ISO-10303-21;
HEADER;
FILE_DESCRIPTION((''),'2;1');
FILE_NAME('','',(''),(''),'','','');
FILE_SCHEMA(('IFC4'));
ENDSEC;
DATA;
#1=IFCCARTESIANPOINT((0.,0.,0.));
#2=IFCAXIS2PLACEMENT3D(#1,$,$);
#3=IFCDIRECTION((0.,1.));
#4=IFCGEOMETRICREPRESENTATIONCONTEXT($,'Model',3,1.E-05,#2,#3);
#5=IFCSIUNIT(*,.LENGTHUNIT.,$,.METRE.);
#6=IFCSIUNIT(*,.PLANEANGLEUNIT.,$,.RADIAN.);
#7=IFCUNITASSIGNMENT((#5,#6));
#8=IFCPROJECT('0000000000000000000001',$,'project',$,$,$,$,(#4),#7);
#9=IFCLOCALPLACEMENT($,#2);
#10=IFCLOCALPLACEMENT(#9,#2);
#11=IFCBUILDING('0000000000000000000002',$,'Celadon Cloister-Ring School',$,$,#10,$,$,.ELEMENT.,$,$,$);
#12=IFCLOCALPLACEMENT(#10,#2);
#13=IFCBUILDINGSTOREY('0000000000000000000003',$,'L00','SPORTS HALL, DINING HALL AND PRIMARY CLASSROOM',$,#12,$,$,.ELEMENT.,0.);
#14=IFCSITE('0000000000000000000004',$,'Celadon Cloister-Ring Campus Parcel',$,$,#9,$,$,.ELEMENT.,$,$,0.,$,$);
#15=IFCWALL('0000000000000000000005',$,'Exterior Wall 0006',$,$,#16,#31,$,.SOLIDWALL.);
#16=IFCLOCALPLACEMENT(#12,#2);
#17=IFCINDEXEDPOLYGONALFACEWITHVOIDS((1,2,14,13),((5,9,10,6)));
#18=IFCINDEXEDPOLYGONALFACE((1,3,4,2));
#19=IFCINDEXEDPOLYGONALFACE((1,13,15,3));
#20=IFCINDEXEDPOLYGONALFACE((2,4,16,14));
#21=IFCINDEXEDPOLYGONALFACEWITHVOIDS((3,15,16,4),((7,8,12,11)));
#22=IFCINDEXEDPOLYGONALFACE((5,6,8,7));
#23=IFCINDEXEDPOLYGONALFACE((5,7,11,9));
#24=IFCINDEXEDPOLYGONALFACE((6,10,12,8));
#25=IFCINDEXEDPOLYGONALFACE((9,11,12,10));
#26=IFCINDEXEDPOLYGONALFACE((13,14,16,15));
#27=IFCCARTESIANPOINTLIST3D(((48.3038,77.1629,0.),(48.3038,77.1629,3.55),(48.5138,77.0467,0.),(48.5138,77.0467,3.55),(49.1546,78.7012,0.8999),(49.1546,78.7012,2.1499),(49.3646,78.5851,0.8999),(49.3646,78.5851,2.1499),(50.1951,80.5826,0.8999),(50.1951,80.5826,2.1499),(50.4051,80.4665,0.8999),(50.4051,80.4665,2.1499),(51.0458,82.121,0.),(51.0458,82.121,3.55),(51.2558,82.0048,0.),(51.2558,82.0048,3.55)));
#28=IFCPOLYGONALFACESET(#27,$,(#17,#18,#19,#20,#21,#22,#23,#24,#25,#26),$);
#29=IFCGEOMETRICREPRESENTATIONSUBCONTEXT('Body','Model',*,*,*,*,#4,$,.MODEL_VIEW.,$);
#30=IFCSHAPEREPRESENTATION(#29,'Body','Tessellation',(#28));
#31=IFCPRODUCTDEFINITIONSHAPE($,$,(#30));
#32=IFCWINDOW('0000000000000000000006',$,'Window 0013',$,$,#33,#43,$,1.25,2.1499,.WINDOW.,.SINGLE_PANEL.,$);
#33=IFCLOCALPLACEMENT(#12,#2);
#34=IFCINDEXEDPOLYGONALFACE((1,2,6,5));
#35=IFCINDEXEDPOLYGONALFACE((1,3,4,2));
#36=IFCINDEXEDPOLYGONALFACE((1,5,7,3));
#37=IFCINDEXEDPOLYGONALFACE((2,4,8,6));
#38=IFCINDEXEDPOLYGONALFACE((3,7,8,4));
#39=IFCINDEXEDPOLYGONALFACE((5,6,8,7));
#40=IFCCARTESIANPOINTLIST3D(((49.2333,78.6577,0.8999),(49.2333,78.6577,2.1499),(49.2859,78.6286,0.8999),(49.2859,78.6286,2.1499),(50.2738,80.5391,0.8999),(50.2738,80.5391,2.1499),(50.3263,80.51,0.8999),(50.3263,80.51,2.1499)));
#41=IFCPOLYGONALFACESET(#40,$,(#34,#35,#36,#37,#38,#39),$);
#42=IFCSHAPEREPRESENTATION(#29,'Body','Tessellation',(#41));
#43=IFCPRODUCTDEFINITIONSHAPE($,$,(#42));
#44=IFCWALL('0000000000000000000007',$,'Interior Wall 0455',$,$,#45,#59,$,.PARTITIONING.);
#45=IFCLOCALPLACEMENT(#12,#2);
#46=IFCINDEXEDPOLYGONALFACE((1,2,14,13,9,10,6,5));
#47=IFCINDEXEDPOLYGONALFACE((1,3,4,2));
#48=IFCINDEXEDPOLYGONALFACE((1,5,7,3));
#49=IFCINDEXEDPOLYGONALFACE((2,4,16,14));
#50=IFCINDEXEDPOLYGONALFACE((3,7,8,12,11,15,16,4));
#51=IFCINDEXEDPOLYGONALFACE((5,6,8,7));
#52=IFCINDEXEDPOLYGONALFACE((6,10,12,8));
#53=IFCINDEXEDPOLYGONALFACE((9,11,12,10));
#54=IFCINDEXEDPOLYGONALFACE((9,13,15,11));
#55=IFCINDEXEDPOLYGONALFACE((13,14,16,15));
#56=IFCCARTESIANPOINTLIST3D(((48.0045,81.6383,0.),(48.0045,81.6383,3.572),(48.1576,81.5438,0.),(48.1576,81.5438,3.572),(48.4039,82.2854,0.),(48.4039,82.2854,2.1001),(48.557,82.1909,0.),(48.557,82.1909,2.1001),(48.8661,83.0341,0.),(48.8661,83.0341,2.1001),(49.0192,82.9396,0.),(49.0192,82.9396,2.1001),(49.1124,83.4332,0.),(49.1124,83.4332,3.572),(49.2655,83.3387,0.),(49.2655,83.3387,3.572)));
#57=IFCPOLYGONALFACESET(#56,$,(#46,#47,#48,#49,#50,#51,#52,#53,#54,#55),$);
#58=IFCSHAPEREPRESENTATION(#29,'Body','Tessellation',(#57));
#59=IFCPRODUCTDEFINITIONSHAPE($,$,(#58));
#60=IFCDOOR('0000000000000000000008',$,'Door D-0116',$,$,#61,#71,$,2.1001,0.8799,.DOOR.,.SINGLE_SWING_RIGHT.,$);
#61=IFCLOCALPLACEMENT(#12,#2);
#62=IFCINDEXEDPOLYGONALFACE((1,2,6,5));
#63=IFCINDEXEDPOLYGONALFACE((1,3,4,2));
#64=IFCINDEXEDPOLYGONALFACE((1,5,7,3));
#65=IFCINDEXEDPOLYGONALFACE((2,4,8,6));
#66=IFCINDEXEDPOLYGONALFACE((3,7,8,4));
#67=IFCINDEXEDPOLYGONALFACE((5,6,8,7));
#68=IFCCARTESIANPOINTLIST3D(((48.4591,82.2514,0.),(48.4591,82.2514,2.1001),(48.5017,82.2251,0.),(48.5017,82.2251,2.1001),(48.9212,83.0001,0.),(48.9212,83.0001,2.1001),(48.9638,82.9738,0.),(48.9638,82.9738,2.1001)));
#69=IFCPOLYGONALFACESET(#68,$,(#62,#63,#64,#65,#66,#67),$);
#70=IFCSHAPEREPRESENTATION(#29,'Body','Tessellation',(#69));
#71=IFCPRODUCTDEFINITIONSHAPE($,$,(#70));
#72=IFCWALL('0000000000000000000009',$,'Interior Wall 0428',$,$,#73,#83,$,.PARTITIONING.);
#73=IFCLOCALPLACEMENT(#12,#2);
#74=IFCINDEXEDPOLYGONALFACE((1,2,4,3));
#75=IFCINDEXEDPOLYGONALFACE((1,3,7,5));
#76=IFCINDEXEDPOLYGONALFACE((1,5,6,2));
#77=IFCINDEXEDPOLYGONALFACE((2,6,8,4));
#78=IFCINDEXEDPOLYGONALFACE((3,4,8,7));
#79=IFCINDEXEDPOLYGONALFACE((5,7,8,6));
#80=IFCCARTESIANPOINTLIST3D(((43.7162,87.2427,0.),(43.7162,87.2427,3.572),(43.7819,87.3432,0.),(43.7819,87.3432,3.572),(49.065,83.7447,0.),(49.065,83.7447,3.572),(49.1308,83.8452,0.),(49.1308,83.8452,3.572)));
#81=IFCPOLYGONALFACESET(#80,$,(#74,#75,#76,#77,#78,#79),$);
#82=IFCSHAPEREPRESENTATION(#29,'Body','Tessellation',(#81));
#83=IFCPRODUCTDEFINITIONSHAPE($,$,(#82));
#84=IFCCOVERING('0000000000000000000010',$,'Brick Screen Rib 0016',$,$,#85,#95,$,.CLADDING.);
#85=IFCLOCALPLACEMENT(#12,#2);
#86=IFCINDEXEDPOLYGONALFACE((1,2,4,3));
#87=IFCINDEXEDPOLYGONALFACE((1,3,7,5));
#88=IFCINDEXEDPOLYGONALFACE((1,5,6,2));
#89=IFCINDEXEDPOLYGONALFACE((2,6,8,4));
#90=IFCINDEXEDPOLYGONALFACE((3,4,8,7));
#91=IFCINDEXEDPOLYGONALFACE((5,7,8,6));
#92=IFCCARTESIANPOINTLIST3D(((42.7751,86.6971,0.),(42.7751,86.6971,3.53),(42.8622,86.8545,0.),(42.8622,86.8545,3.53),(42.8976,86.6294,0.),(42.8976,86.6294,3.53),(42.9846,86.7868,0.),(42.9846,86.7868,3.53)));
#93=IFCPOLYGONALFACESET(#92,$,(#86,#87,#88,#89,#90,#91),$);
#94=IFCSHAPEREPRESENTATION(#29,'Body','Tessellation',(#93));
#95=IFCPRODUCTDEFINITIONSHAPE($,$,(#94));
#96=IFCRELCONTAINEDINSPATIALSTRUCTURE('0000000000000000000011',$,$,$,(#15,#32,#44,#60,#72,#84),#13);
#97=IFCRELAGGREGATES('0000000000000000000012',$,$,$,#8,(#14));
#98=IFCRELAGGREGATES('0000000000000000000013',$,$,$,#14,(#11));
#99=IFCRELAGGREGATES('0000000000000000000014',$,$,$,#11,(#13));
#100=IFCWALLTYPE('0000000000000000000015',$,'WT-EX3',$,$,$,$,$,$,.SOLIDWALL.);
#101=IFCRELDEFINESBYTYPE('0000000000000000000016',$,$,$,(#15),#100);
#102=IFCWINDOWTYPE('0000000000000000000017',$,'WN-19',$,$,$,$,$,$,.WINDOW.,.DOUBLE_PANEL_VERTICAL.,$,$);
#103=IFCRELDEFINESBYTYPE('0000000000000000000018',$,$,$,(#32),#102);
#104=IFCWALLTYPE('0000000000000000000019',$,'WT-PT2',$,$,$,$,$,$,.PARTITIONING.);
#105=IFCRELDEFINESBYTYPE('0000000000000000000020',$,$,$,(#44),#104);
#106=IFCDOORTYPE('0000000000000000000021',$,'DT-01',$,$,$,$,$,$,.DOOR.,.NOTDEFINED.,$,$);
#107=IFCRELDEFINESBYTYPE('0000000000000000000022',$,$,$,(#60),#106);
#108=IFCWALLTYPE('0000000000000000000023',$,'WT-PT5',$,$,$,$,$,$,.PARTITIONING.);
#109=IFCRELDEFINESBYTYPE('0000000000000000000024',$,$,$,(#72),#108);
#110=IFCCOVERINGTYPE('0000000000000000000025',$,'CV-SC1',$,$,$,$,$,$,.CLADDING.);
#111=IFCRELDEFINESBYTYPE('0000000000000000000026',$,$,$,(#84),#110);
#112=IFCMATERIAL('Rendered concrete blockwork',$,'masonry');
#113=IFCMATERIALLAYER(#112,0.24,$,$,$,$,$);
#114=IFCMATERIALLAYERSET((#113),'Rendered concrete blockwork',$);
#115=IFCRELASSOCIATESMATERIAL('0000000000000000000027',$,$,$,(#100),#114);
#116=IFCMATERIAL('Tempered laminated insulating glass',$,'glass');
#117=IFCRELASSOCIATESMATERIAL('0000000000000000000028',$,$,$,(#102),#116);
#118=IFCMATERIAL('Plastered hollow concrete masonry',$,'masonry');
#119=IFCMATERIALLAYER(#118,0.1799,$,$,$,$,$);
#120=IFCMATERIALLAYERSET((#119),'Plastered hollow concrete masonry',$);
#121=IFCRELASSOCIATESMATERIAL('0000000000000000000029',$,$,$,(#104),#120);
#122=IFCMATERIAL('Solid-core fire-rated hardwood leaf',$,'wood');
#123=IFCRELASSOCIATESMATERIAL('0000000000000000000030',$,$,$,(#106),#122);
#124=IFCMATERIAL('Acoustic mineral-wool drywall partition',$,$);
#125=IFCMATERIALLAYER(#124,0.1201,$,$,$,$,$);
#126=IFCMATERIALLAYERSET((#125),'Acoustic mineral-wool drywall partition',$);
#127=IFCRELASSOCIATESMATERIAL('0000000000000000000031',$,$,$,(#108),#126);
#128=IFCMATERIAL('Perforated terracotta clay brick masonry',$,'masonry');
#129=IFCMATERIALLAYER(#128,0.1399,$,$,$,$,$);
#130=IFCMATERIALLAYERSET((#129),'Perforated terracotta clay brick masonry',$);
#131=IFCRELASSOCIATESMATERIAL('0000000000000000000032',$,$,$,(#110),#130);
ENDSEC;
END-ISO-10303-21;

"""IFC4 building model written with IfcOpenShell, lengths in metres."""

from ifc_helpers import new_model, si_unit, direction, frame, frame_2d, origin, origin_2d, place, context, subcontext, project, spatial, rectangle, extrude, material, layer, layer_set, type_object, element, fill, save


model = new_model("IFC4")

# Units and contexts
model_context = context("Model", 3, precision=1e-05, world=origin(), true_north=direction((0.0, 1.0)))
body_context = subcontext(model_context, "Body", "Model", "MODEL_VIEW")
ifc_project = project(units=[si_unit("LENGTHUNIT", "METRE"), si_unit("PLANEANGLEUNIT", "RADIAN")], contexts=[model_context])

# Site, building, storey
site_placement = place(None, origin())
site = spatial("IfcSite", under=ifc_project, at=site_placement, Name="Celadon Cloister-Ring Campus Parcel", CompositionType="ELEMENT", RefElevation=0.0)
building_placement = place(site_placement, origin())
building = spatial("IfcBuilding", under=site, at=building_placement, Name="Celadon Cloister-Ring School", CompositionType="ELEMENT")
storey_placement = place(building_placement, origin())
storey = spatial("IfcBuildingStorey", under=building, at=storey_placement, Name="L00", Description="SPORTS HALL, DINING HALL AND PRIMARY CLASSROOM", CompositionType="ELEMENT", Elevation=0.0)

# Wall, opening, window
ifc_material_1 = material(Name="Rendered concrete blockwork", Category="masonry")
ifc_layer_1 = layer(ifc_material_1, 0.24)
ifc_layer_set_1 = layer_set([ifc_layer_1], Name="Rendered concrete blockwork")
wall_type_1 = type_object("IfcWallType", Name="WT-EX3", PredefinedType="SOLIDWALL", material=ifc_layer_set_1)
wall_1_placement = place(storey_placement, frame((51.1509, 82.063, 0.0), z_axis=(0.0, 0.0, 1.0), x_axis=(-0.483955, -0.875093, 0.0)))
wall_1 = element("IfcWall", 1, at=wall_1_placement, inside=storey, type_object=wall_type_1, Name="Exterior Wall 0006", PredefinedType="SOLIDWALL", context=body_context, shape_type="SweptSolid", body=[
    extrude(rectangle(XDim=5.6658, YDim=0.24, at=frame_2d((2.833, 0.0))), origin(), (0.0, 0.0, 1.0), 3.55),
])
opening_1_placement = place(wall_1_placement, frame((1.7581, 0.0, 0.8999)))
opening_1 = element("IfcOpeningElement", 2, at=opening_1_placement, cuts=wall_1, PredefinedType="OPENING", context=body_context, shape_type="SweptSolid", body=[
    extrude(rectangle(XDim=2.1499, YDim=1.25, at=frame_2d((1.075, 0.625))), frame((0.0, 0.1299, 0.0), z_axis=(0.0, -1.0, 0.0), x_axis=(1.0, 0.0, 0.0)), (0.0, 0.0, 1.0), 0.26),
])
ifc_material_2 = material(Name="Tempered laminated insulating glass", Category="glass")
window_type = type_object("IfcWindowType", Name="WN-19", PartitioningType="DOUBLE_PANEL_VERTICAL", PredefinedType="WINDOW", material=ifc_material_2)
window_placement = place(opening_1_placement, origin())
window = element("IfcWindow", 3, at=window_placement, inside=storey, type_object=window_type, Name="Window 0013", OverallHeight=1.25, OverallWidth=2.1499, PartitioningType="SINGLE_PANEL", PredefinedType="WINDOW", context=body_context, shape_type="SweptSolid", body=[
    extrude(rectangle(XDim=2.1499, YDim=1.25, at=frame_2d((1.075, 0.625))), frame((0.0, 0.03, 0.0), z_axis=(0.0, -1.0, 0.0), x_axis=(1.0, 0.0, 0.0)), (0.0, 0.0, 1.0), 0.0601),
])
fill(opening_1, window)

# Wall, opening, door
ifc_material_3 = material(Name="Plastered hollow concrete masonry", Category="masonry")
ifc_layer_2 = layer(ifc_material_3, 0.1799)
ifc_layer_set_2 = layer_set([ifc_layer_2], Name="Plastered hollow concrete masonry")
wall_type_2 = type_object("IfcWallType", Name="WT-PT2", PredefinedType="PARTITIONING", material=ifc_layer_set_2)
wall_2_placement = place(storey_placement, frame((49.189, 83.386, 0.0), z_axis=(0.0, 0.0, 1.0), x_axis=(-0.525246, -0.85095, 0.0)))
wall_2 = element("IfcWall", 4, at=wall_2_placement, inside=storey, type_object=wall_type_2, Name="Interior Wall 0455", PredefinedType="PARTITIONING", context=body_context, shape_type="SweptSolid", body=[
    extrude(rectangle(XDim=2.1094, YDim=0.1799, at=frame_2d((1.0547, 0.0))), origin(), (0.0, 0.0, 1.0), 3.572),
])
opening_2_placement = place(wall_2_placement, frame((0.469, 0.0, 0.0)))
opening_2 = element("IfcOpeningElement", 5, at=opening_2_placement, cuts=wall_2, PredefinedType="OPENING", context=body_context, shape_type="SweptSolid", body=[
    extrude(rectangle(XDim=0.8799, YDim=2.1001, at=frame_2d((0.4399, 1.05))), frame((0.0, 0.1001, 0.0), z_axis=(0.0, -1.0, 0.0), x_axis=(1.0, 0.0, 0.0)), (0.0, 0.0, 1.0), 0.2),
])
ifc_material_4 = material(Name="Solid-core fire-rated hardwood leaf", Category="wood")
door_type = type_object("IfcDoorType", Name="DT-01", OperationType="NOTDEFINED", PredefinedType="DOOR", material=ifc_material_4)
door_placement = place(opening_2_placement, origin())
door = element("IfcDoor", 6, at=door_placement, inside=storey, type_object=door_type, Name="Door D-0116", OperationType="SINGLE_SWING_RIGHT", OverallHeight=2.1001, OverallWidth=0.8799, PredefinedType="DOOR", context=body_context, shape_type="SweptSolid", body=[
    extrude(rectangle(XDim=0.8799, YDim=2.1001, at=frame_2d((0.4399, 1.05))), frame((0.0, 0.0249, 0.0), z_axis=(0.0, -1.0, 0.0), x_axis=(1.0, 0.0, 0.0)), (0.0, 0.0, 1.0), 0.05),
])
fill(opening_2, door)

# Wall
ifc_material_5 = material(Name="Acoustic mineral-wool drywall partition")
ifc_layer_3 = layer(ifc_material_5, 0.1201)
ifc_layer_set_3 = layer_set([ifc_layer_3], Name="Acoustic mineral-wool drywall partition")
wall_type_3 = type_object("IfcWallType", Name="WT-PT5", PredefinedType="PARTITIONING", material=ifc_layer_set_3)
wall_3_placement = place(storey_placement, frame((49.0979, 83.7949, 0.0), z_axis=(0.0, 0.0, 1.0), x_axis=(-0.836919, 0.547327, 0.0)))
element("IfcWall", 7, at=wall_3_placement, inside=storey, type_object=wall_type_3, Name="Interior Wall 0428", PredefinedType="PARTITIONING", context=body_context, shape_type="SweptSolid", body=[
    extrude(rectangle(XDim=6.3911, YDim=0.1201, at=frame_2d((3.1956, 0.0))), origin(), (0.0, 0.0, 1.0), 3.572),
])

# Covering
ifc_material_6 = material(Name="Perforated terracotta clay brick masonry", Category="masonry")
ifc_layer_4 = layer(ifc_material_6, 0.1399)
ifc_layer_set_4 = layer_set([ifc_layer_4], Name="Perforated terracotta clay brick masonry")
covering_type = type_object("IfcCoveringType", Name="CV-SC1", PredefinedType="CLADDING", material=ifc_layer_set_4)
covering_placement = place(storey_placement, frame((42.8799, 86.7419, 0.0), z_axis=(0.0, 0.0, 1.0), x_axis=(0.483863, 0.875144, 0.0)))
element("IfcCovering", 8, at=covering_placement, inside=storey, type_object=covering_type, Name="Brick Screen Rib 0016", PredefinedType="CLADDING", context=body_context, shape_type="SweptSolid", body=[
    extrude(rectangle(XDim=0.1799, YDim=0.1399, at=origin_2d()), origin(), (0.0, 0.0, 1.0), 3.53),
])

save(model, "model.ifc")
